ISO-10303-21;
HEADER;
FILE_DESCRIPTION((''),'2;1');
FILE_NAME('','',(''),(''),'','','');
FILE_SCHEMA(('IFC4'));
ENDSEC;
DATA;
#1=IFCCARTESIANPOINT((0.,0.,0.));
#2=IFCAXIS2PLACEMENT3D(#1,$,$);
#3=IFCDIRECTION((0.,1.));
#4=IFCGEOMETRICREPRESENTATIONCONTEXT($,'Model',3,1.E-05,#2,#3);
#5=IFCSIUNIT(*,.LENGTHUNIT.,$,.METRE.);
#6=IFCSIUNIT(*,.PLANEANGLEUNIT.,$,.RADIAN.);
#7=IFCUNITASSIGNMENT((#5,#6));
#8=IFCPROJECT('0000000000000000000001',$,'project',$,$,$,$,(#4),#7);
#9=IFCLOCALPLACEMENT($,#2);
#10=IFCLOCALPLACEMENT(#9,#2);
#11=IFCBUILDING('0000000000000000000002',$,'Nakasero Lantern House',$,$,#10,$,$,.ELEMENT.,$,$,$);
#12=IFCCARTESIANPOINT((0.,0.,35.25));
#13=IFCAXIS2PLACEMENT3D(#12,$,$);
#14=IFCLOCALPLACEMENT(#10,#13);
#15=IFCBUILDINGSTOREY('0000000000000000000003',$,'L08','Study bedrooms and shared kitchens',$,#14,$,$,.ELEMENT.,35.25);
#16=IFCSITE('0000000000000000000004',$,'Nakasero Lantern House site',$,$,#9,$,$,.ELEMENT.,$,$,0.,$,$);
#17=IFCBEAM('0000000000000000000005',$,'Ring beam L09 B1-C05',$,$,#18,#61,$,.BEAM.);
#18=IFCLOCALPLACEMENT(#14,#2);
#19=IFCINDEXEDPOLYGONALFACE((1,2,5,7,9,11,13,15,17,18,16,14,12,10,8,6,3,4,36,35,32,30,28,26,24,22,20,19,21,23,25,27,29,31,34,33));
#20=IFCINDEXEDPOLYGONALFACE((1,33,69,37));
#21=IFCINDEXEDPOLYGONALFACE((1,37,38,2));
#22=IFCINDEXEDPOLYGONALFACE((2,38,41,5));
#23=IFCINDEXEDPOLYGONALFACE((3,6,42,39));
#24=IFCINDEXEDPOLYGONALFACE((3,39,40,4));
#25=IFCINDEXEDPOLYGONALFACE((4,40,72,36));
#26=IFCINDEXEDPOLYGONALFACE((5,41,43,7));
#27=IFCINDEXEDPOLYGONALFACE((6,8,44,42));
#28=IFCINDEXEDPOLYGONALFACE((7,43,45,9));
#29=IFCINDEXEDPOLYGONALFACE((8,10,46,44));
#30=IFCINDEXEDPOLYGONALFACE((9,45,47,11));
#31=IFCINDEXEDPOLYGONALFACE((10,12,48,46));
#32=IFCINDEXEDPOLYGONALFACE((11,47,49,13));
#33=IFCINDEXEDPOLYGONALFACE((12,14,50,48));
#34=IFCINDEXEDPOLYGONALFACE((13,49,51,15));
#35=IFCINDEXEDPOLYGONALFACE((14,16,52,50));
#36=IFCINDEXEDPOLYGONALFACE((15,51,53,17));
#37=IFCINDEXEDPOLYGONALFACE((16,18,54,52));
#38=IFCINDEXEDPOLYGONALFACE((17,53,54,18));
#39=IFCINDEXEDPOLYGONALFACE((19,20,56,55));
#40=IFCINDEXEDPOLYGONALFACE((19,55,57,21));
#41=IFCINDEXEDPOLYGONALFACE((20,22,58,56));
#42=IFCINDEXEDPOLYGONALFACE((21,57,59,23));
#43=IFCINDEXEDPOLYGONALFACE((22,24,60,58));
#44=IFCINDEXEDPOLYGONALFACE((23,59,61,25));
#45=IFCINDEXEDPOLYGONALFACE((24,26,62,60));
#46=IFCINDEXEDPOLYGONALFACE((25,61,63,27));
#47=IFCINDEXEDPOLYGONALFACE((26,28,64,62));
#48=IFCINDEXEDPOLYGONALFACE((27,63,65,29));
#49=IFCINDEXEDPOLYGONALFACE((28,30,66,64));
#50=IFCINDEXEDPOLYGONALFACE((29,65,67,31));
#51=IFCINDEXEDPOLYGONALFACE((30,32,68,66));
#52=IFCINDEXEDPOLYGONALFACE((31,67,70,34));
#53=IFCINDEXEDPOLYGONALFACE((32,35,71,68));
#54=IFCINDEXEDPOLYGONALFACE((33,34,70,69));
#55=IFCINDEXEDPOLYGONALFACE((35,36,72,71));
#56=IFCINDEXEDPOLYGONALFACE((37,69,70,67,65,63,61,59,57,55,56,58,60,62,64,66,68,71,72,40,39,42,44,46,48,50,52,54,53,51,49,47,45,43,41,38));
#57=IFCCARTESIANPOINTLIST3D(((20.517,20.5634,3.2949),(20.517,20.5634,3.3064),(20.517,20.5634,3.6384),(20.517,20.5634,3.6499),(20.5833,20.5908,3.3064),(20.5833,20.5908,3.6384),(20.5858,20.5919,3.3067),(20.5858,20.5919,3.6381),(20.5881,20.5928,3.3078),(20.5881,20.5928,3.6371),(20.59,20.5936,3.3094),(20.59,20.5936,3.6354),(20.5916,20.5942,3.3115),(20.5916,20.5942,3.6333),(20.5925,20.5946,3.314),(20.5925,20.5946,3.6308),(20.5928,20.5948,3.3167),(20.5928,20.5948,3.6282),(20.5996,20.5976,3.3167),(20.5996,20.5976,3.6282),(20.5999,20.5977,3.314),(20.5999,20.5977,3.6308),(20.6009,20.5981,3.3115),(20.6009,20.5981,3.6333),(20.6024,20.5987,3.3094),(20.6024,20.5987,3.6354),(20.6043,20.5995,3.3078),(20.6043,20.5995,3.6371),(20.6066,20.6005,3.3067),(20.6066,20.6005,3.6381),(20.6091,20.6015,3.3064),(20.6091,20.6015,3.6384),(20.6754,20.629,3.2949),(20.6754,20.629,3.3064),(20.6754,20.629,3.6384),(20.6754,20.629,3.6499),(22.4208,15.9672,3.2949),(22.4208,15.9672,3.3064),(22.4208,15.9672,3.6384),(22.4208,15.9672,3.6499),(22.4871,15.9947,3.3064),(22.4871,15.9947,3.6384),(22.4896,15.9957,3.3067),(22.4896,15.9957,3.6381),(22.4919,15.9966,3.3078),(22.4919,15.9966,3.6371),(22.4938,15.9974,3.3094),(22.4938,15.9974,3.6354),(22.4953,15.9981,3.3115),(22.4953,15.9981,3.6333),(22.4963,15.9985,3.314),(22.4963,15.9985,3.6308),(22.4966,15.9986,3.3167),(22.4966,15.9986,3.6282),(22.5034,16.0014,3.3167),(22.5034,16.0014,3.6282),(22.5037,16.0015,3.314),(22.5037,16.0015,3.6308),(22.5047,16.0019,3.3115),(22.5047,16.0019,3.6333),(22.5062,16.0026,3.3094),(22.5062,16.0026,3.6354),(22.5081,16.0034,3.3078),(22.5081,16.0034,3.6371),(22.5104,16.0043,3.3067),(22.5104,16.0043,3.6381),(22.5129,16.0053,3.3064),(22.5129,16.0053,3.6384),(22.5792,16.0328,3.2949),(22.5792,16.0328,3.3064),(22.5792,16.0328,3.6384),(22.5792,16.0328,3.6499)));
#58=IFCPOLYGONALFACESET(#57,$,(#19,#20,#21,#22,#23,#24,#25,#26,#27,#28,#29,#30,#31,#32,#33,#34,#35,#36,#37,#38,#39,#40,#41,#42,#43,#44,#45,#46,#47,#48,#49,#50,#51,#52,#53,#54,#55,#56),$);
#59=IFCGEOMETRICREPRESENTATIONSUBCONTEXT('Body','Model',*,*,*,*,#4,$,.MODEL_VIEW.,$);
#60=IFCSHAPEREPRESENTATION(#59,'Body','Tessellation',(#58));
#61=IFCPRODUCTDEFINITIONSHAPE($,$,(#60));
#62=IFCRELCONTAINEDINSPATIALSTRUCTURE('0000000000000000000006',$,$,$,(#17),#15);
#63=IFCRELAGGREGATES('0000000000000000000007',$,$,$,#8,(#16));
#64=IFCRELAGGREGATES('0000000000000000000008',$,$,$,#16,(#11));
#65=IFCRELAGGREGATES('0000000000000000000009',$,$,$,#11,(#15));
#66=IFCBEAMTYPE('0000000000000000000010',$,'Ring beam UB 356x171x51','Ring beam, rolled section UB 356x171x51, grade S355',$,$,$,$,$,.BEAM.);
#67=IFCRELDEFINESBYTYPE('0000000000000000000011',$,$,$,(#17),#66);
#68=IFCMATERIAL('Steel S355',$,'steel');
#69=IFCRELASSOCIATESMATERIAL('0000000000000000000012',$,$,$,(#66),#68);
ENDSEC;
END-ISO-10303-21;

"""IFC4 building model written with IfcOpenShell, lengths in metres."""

from ifc_helpers import new_model, si_unit, direction, frame, origin, origin_2d, place, context, subcontext, project, spatial, i_section, extrude, material, material_profile, profile_set, type_object, element, save


model = new_model("IFC4")

# Units and contexts
model_context = context("Model", 3, precision=1e-05, world=origin(), true_north=direction((0.0, 1.0)))
body_context = subcontext(model_context, "Body", "Model", "MODEL_VIEW")
ifc_project = project(units=[si_unit("LENGTHUNIT", "METRE"), si_unit("PLANEANGLEUNIT", "RADIAN")], contexts=[model_context])

# Site, building, storey
site_placement = place(None, origin())
site = spatial("IfcSite", under=ifc_project, at=site_placement, Name="Nakasero Lantern House site", CompositionType="ELEMENT", RefElevation=0.0)
building_placement = place(site_placement, origin())
building = spatial("IfcBuilding", under=site, at=building_placement, Name="Nakasero Lantern House", CompositionType="ELEMENT")
storey_placement = place(building_placement, frame((0.0, 0.0, 35.25)))
storey = spatial("IfcBuildingStorey", under=building, at=storey_placement, Name="L08", Description="Study bedrooms and shared kitchens", CompositionType="ELEMENT", Elevation=35.25)

# Beam
ifc_material_1 = material(Name="Steel S355", Category="steel")
ifc_material_profile_1 = material_profile(ifc_material_1, i_section(OverallWidth=0.1714, OverallDepth=0.355, WebThickness=0.0073, FlangeThickness=0.0115, FilletRadius=0.0103, at=origin_2d()), Name="UB 356x171x51")
ifc_profile_set_1 = profile_set([ifc_material_profile_1], Name="Steel S355")
beam_type_1 = type_object("IfcBeamType", Name="Ring beam UB 356x171x51", Description="Ring beam, rolled section UB 356x171x51, grade S355", PredefinedType="BEAM", material=ifc_profile_set_1)
beam_1_placement = place(storey_placement, frame((22.5, 16.0, 3.4724), z_axis=(-0.382684, 0.923879, 0.0), x_axis=(-0.923879, -0.382684, 0.0)))
element("IfcBeam", 1, at=beam_1_placement, inside=storey, type_object=beam_type_1, Name="Ring beam L09 B1-C05", PredefinedType="BEAM", context=body_context, shape_type="SweptSolid", body=[
    extrude(i_section(OverallWidth=0.1714, OverallDepth=0.355, WebThickness=0.0073, FlangeThickness=0.0115, FilletRadius=0.0103, at=origin_2d()), origin(), (0.0, 0.0, 1.0), 4.9749),
])

save(model, "model.ifc")
